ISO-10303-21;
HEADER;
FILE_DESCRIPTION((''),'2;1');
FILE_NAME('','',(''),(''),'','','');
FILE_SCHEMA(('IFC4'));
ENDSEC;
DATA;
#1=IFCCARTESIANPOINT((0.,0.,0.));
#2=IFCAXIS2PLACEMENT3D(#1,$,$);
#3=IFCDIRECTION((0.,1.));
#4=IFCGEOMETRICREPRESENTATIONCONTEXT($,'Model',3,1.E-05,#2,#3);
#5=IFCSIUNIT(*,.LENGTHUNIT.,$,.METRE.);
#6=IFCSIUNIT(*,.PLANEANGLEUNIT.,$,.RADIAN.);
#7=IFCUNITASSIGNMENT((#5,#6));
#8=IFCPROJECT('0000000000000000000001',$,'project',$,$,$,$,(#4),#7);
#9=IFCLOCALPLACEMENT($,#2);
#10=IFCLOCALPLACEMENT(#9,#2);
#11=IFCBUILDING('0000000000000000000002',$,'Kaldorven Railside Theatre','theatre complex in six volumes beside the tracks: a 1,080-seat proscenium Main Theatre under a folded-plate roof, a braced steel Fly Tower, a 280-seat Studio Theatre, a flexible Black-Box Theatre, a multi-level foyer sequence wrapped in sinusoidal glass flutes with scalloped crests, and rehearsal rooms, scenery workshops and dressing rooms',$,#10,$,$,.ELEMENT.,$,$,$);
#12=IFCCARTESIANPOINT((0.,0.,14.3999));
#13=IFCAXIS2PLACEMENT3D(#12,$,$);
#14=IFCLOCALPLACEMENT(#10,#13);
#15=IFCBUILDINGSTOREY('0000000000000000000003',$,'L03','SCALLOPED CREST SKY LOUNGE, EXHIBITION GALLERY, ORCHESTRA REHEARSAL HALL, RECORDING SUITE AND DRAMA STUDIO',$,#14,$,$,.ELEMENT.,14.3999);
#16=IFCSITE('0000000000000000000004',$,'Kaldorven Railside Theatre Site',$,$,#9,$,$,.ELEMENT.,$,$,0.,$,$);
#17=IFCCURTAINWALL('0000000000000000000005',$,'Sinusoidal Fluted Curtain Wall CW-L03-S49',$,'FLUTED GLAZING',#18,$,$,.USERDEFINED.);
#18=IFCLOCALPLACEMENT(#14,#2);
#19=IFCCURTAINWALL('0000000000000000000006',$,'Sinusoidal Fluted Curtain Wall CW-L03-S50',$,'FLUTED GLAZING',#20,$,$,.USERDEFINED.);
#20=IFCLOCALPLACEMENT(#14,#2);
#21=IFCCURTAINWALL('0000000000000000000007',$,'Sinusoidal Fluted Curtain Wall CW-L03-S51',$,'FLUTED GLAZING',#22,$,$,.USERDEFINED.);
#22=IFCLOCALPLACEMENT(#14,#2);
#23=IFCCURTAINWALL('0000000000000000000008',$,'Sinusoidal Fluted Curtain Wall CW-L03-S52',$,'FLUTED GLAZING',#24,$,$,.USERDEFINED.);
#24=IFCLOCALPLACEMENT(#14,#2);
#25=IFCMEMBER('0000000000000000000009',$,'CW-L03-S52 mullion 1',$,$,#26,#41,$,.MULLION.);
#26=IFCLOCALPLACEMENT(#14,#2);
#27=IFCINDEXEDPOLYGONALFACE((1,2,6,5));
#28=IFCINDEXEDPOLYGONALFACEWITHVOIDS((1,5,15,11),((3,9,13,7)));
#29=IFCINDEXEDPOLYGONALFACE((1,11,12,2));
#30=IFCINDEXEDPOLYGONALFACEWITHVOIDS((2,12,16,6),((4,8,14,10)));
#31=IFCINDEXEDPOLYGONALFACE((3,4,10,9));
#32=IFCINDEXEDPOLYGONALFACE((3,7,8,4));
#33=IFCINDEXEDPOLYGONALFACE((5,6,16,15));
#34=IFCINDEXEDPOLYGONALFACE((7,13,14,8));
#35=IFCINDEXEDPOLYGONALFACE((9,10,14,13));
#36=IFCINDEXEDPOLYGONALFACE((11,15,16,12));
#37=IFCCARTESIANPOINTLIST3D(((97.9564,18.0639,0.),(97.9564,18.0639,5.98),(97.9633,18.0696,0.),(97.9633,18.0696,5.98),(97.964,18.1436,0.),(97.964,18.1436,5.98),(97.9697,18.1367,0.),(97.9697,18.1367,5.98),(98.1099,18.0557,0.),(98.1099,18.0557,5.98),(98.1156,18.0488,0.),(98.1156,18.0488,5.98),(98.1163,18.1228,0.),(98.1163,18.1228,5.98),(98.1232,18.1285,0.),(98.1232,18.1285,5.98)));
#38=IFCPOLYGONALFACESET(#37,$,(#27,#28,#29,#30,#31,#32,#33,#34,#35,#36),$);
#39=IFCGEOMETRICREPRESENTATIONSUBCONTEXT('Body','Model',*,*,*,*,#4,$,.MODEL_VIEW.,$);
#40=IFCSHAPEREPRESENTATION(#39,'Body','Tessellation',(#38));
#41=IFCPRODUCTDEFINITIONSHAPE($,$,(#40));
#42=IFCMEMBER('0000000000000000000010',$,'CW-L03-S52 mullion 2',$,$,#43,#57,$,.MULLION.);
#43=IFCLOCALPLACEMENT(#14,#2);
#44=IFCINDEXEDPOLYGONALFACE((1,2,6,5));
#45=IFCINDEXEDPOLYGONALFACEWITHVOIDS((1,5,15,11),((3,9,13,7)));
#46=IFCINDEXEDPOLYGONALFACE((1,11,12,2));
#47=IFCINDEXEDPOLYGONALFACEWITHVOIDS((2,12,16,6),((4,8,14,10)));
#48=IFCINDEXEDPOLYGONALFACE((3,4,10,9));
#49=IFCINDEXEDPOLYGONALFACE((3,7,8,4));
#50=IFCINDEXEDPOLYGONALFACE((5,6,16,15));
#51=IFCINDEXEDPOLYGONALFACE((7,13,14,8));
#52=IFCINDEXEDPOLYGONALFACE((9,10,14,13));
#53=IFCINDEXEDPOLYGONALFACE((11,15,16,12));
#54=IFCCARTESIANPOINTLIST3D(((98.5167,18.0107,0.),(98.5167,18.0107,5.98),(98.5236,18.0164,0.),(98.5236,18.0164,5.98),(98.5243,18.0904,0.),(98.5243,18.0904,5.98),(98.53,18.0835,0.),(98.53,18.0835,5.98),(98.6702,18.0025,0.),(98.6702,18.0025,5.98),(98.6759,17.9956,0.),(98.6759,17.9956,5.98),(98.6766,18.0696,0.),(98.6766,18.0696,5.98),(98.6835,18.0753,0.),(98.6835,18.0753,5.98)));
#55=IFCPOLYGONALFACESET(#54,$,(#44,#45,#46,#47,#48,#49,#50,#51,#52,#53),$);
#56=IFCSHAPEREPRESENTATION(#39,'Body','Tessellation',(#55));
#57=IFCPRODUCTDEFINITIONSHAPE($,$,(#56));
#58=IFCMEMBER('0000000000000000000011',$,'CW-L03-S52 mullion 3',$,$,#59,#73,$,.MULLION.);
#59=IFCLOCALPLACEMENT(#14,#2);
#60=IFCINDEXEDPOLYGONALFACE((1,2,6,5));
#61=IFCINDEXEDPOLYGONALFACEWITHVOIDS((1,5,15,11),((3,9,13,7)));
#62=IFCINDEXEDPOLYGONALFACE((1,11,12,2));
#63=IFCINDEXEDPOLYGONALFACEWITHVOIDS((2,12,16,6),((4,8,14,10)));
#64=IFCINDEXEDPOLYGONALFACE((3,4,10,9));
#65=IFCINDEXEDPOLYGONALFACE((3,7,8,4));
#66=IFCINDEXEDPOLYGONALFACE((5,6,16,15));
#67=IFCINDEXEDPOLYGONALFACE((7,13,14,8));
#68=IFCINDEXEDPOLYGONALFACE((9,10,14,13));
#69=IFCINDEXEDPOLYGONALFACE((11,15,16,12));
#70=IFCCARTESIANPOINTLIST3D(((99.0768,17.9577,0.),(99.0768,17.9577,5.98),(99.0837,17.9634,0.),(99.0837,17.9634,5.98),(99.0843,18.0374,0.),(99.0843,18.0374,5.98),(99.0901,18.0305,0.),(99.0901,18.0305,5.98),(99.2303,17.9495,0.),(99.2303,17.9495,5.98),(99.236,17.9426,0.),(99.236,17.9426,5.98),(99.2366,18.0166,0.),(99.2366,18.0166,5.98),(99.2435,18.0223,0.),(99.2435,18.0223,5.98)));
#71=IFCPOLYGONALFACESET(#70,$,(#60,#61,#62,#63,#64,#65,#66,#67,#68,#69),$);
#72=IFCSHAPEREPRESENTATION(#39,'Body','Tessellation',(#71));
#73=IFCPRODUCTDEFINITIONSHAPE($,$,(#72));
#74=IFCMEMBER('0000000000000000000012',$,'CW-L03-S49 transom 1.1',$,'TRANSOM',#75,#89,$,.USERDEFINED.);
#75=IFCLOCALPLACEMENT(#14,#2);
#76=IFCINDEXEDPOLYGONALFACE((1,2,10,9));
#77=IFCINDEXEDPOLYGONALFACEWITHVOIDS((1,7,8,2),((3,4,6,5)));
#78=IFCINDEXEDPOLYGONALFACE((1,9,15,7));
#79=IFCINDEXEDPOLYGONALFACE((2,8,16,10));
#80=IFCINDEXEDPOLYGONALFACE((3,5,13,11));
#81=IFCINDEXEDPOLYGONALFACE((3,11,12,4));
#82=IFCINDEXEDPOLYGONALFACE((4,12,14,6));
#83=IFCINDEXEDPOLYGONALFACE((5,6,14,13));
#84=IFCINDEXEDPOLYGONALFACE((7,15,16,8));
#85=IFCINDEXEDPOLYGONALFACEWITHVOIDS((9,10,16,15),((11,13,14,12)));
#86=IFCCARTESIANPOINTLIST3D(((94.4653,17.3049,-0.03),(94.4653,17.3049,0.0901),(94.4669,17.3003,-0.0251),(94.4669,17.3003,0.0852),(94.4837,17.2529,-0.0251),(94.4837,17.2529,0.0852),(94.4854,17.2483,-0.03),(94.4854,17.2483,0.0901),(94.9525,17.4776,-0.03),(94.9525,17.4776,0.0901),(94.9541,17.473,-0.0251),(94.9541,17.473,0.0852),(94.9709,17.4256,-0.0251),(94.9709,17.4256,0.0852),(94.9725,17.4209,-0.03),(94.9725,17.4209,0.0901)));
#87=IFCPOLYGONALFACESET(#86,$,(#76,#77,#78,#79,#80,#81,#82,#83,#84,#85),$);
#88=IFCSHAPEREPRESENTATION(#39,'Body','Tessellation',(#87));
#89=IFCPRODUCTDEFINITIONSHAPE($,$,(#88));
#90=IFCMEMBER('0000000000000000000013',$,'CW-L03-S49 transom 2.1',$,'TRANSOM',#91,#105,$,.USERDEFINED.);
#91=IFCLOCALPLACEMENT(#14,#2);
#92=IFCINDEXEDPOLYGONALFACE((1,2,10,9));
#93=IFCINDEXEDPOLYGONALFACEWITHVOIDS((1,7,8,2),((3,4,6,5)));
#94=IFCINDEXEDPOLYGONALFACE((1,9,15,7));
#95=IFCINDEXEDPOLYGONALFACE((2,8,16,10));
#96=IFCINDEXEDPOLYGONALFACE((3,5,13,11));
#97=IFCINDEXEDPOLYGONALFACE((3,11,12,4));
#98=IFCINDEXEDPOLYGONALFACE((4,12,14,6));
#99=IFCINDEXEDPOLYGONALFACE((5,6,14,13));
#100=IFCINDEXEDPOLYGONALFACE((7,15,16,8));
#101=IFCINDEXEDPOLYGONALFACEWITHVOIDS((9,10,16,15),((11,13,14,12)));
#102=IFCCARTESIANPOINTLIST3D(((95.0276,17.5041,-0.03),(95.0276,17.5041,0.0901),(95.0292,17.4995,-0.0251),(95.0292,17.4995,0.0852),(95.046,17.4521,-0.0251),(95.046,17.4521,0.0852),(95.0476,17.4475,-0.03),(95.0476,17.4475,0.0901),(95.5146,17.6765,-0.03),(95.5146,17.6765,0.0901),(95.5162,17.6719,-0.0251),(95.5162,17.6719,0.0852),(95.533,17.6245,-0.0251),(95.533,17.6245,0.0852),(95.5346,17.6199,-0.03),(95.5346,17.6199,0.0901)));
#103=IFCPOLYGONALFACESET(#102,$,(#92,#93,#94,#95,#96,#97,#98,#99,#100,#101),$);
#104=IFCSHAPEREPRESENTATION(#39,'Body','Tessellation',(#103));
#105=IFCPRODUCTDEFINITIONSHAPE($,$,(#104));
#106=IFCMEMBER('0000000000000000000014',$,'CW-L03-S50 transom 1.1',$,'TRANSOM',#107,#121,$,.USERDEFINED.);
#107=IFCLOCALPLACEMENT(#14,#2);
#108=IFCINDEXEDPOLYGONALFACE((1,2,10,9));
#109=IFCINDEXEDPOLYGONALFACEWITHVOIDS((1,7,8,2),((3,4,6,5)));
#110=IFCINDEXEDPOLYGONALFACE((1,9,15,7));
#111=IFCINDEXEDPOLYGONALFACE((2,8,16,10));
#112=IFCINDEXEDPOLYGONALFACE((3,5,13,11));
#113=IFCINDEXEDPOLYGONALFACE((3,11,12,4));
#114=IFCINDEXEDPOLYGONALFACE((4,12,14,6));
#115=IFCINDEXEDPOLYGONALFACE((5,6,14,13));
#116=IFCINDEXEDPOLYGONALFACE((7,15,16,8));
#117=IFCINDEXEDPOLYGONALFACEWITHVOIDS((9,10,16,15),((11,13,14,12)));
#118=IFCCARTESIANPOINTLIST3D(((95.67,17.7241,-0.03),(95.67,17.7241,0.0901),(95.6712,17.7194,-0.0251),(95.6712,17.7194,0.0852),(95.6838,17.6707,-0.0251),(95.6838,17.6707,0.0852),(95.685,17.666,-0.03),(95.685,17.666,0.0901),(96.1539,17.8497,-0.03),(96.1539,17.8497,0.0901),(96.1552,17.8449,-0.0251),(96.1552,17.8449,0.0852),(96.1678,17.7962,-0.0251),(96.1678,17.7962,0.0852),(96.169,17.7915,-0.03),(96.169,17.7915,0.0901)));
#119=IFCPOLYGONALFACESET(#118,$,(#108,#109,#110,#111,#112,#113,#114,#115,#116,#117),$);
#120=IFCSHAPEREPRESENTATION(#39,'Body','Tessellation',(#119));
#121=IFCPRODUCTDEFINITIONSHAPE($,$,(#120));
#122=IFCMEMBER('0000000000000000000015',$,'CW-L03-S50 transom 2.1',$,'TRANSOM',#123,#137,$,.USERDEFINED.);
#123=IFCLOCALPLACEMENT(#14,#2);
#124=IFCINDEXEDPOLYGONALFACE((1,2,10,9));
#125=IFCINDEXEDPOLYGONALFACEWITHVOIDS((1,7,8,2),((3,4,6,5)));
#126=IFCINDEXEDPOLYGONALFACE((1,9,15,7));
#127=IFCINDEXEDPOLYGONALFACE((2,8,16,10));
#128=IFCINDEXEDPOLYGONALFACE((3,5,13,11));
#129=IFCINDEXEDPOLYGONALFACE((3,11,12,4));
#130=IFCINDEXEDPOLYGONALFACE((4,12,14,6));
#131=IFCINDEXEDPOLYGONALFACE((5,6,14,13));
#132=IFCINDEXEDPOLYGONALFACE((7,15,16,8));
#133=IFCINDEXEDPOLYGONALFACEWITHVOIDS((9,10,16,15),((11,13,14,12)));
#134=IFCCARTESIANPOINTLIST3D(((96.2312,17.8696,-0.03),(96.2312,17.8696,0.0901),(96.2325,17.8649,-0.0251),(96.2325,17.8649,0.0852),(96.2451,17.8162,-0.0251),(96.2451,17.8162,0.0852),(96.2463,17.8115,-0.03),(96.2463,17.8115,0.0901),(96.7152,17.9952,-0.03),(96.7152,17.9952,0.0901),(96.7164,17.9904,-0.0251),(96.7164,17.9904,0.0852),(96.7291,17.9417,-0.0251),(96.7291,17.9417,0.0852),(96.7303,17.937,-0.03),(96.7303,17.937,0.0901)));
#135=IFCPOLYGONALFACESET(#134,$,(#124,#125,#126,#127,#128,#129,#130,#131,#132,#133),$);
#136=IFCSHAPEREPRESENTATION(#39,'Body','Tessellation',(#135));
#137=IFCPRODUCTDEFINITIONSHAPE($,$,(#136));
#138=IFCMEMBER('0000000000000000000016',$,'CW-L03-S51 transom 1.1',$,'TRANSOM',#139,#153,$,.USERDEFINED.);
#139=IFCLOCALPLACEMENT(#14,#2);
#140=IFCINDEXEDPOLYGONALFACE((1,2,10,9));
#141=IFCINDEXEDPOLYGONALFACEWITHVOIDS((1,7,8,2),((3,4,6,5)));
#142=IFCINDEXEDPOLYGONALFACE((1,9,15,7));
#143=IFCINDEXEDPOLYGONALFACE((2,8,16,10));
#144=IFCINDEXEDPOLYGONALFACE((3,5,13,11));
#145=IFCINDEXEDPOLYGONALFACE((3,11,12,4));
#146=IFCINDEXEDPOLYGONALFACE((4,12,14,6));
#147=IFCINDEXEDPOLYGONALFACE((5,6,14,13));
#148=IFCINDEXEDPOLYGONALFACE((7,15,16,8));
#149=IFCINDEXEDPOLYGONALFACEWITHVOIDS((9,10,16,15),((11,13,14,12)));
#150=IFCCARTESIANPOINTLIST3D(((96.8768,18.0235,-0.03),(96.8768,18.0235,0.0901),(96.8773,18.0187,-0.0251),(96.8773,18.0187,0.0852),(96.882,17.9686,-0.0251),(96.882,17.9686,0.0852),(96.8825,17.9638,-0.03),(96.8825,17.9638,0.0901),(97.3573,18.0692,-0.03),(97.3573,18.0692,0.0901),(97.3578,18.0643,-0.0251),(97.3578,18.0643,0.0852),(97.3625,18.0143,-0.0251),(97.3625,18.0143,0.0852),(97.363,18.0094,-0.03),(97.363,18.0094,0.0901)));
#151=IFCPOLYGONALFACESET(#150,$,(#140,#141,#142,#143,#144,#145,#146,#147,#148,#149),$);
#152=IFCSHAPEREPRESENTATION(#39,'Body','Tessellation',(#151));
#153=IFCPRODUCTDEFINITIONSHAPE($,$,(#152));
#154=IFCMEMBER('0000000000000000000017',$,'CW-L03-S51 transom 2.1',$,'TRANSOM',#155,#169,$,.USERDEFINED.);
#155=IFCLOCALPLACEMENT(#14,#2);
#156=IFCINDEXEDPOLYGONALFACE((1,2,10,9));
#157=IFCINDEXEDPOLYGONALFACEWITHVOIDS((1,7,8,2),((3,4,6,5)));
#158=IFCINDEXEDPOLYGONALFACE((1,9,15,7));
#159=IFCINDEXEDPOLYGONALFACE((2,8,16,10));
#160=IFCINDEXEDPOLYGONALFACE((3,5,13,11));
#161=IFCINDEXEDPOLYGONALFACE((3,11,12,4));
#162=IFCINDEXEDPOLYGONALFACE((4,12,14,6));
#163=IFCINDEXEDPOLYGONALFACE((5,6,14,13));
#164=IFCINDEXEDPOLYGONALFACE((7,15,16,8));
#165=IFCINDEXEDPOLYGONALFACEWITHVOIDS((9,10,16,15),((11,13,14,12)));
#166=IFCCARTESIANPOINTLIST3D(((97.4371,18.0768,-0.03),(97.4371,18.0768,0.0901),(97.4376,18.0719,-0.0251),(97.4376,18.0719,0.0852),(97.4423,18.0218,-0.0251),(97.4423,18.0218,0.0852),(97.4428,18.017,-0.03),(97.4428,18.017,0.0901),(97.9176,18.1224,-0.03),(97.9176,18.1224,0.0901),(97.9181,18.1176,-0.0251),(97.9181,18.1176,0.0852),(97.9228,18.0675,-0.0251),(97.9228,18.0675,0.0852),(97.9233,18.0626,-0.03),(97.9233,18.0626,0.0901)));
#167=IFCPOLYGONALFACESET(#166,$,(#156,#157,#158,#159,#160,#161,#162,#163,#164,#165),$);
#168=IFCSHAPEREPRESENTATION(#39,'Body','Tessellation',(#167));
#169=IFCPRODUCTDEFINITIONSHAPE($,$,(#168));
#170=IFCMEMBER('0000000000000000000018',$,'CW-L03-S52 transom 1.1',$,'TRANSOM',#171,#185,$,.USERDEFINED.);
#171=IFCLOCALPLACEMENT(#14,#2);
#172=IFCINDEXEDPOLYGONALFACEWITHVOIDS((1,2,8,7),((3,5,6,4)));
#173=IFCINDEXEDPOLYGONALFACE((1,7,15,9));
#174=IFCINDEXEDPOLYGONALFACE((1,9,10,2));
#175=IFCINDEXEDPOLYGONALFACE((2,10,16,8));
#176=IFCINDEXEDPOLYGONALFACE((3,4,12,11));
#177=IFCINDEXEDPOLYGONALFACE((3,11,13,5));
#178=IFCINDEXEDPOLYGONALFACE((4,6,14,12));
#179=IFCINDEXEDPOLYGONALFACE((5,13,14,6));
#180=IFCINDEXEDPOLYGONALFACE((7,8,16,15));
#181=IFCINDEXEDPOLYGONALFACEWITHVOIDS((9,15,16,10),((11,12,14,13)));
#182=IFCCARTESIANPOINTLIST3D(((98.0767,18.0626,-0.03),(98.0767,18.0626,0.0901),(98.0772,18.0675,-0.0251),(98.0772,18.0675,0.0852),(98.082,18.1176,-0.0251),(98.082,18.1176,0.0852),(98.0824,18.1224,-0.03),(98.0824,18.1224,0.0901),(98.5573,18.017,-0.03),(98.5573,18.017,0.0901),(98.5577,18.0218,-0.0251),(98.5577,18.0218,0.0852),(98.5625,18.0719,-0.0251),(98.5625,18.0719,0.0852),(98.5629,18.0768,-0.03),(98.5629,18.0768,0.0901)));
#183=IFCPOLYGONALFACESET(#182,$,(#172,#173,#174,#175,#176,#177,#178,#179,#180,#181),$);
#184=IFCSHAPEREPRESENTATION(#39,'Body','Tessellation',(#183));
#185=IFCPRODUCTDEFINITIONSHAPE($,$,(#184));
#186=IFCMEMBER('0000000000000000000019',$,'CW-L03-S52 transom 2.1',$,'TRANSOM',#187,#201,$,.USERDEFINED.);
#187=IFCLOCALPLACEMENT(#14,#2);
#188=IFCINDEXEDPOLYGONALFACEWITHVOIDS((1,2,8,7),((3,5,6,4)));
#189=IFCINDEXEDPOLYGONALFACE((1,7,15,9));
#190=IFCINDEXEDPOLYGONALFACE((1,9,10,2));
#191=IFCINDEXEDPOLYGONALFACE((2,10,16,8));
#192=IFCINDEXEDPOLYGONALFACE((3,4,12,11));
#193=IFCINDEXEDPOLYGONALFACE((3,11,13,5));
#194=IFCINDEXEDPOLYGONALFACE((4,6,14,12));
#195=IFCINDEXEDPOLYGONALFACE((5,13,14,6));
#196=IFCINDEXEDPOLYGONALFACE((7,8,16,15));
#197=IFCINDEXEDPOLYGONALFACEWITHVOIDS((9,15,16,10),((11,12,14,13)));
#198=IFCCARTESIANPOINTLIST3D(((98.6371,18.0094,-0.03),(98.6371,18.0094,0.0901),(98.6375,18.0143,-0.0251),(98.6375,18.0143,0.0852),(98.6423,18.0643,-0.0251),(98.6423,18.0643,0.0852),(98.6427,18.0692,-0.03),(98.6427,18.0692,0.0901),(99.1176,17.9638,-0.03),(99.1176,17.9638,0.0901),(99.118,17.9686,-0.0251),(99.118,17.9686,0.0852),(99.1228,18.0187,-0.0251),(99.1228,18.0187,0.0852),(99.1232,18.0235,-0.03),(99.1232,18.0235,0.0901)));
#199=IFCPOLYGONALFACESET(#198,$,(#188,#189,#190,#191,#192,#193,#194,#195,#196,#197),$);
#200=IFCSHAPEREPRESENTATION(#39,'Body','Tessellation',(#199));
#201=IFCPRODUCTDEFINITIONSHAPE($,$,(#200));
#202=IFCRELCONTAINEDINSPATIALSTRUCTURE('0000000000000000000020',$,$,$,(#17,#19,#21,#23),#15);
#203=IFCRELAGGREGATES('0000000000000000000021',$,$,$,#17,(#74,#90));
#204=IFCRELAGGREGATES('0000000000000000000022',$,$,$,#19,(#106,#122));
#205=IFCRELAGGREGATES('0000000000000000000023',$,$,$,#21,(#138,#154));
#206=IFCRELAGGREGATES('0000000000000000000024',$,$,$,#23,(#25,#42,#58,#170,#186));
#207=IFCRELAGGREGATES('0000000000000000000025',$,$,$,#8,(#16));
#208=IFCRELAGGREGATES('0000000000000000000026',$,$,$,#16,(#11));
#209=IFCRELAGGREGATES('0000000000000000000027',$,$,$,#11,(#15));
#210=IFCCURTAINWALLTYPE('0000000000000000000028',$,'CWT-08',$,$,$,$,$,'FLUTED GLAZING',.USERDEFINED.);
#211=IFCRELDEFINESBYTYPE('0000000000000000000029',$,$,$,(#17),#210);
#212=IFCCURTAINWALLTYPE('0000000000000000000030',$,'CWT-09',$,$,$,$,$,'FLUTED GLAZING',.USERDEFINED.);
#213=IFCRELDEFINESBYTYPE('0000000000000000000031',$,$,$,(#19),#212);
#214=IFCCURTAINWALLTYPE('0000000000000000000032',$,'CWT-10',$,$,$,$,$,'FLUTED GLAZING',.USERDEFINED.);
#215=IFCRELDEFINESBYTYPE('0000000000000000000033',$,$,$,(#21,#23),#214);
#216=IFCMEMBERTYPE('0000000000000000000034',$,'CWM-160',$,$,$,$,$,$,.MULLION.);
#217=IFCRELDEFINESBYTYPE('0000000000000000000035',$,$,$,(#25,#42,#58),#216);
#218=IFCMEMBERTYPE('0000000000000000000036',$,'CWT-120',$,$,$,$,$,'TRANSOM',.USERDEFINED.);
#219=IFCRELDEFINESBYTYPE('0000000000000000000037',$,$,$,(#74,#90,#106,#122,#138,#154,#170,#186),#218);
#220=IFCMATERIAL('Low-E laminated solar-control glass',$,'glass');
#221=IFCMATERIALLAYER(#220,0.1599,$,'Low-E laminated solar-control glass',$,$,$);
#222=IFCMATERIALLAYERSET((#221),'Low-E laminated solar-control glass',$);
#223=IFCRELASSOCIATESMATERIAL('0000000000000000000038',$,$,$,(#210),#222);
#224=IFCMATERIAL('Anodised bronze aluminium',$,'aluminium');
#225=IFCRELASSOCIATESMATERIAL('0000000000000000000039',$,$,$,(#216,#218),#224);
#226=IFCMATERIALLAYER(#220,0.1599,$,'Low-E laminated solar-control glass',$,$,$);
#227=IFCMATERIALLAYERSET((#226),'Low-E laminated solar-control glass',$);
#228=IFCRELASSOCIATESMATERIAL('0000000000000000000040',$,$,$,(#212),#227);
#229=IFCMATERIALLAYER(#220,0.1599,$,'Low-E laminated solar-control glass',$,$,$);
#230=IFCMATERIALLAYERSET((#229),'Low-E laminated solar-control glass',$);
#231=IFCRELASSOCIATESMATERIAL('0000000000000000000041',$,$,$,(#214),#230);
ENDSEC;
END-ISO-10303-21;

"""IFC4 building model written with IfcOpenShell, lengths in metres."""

from ifc_helpers import new_model, si_unit, direction, frame, origin, origin_2d, place, context, subcontext, project, spatial, hollow_rectangle, extrude, material, layer, layer_set, material_profile, profile_set, type_object, element, aggregate, save


model = new_model("IFC4")

# Units and contexts
model_context = context("Model", 3, precision=1e-05, world=origin(), true_north=direction((0.0, 1.0)))
body_context = subcontext(model_context, "Body", "Model", "MODEL_VIEW")
ifc_project = project(units=[si_unit("LENGTHUNIT", "METRE"), si_unit("PLANEANGLEUNIT", "RADIAN")], contexts=[model_context])

# Site, building, storey
site_placement = place(None, origin())
site = spatial("IfcSite", under=ifc_project, at=site_placement, Name="Kaldorven Railside Theatre Site", CompositionType="ELEMENT", RefElevation=0.0)
building_placement = place(site_placement, origin())
building = spatial("IfcBuilding", under=site, at=building_placement, Name="Kaldorven Railside Theatre", Description="theatre complex in six volumes beside the tracks: a 1,080-seat proscenium Main Theatre under a folded-plate roof, a braced steel Fly Tower, a 280-seat Studio Theatre, a flexible Black-Box Theatre, a multi-level foyer sequence wrapped in sinusoidal glass flutes with scalloped crests, and rehearsal rooms, scenery workshops and dressing rooms", CompositionType="ELEMENT")
storey_placement = place(building_placement, frame((0.0, 0.0, 14.3999)))
storey = spatial("IfcBuildingStorey", under=building, at=storey_placement, Name="L03", Description="SCALLOPED CREST SKY LOUNGE, EXHIBITION GALLERY, ORCHESTRA REHEARSAL HALL, RECORDING SUITE AND DRAMA STUDIO", CompositionType="ELEMENT", Elevation=14.3999)

# Curtain walls, members
ifc_material_1 = material(Name="Low-E laminated solar-control glass", Category="glass")
ifc_layer_1 = layer(ifc_material_1, 0.1599, Name="Low-E laminated solar-control glass")
ifc_layer_set_1 = layer_set([ifc_layer_1], Name="Low-E laminated solar-control glass")
curtain_wall_type_1 = type_object("IfcCurtainWallType", Name="CWT-08", ElementType="FLUTED GLAZING", PredefinedType="USERDEFINED", material=ifc_layer_set_1)
curtain_wall_1_placement = place(storey_placement, origin())
curtain_wall_1 = element("IfcCurtainWall", 1, at=curtain_wall_1_placement, inside=storey, type_object=curtain_wall_type_1, Name="Sinusoidal Fluted Curtain Wall CW-L03-S49", ObjectType="FLUTED GLAZING", PredefinedType="USERDEFINED")
ifc_material_2 = material(Name="Anodised bronze aluminium", Category="aluminium")
ifc_material_profile_1 = material_profile(ifc_material_2, hollow_rectangle(XDim=0.0801, YDim=0.1599, WallThickness=0.0063, at=origin_2d()), Name="RHS 160x80x6.3")
ifc_profile_set_1 = profile_set([ifc_material_profile_1], Name="Anodised bronze aluminium")
member_type_1 = type_object("IfcMemberType", Name="CWM-160", PredefinedType="MULLION", material=ifc_profile_set_1)
ifc_layer_2 = layer(ifc_material_1, 0.1599, Name="Low-E laminated solar-control glass")
ifc_layer_set_2 = layer_set([ifc_layer_2], Name="Low-E laminated solar-control glass")
curtain_wall_type_2 = type_object("IfcCurtainWallType", Name="CWT-09", ElementType="FLUTED GLAZING", PredefinedType="USERDEFINED", material=ifc_layer_set_2)
curtain_wall_2_placement = place(storey_placement, origin())
curtain_wall_2 = element("IfcCurtainWall", 2, at=curtain_wall_2_placement, inside=storey, type_object=curtain_wall_type_2, Name="Sinusoidal Fluted Curtain Wall CW-L03-S50", ObjectType="FLUTED GLAZING", PredefinedType="USERDEFINED")
ifc_layer_3 = layer(ifc_material_1, 0.1599, Name="Low-E laminated solar-control glass")
ifc_layer_set_3 = layer_set([ifc_layer_3], Name="Low-E laminated solar-control glass")
curtain_wall_type_3 = type_object("IfcCurtainWallType", Name="CWT-10", ElementType="FLUTED GLAZING", PredefinedType="USERDEFINED", material=ifc_layer_set_3)
curtain_wall_3_placement = place(storey_placement, origin())
curtain_wall_3 = element("IfcCurtainWall", 3, at=curtain_wall_3_placement, inside=storey, type_object=curtain_wall_type_3, Name="Sinusoidal Fluted Curtain Wall CW-L03-S51", ObjectType="FLUTED GLAZING", PredefinedType="USERDEFINED")
curtain_wall_4_placement = place(storey_placement, origin())
curtain_wall_4 = element("IfcCurtainWall", 4, at=curtain_wall_4_placement, inside=storey, type_object=curtain_wall_type_3, Name="Sinusoidal Fluted Curtain Wall CW-L03-S52", ObjectType="FLUTED GLAZING", PredefinedType="USERDEFINED")
member_1_placement = place(storey_placement, frame((98.0398, 18.0962, 0.0), z_axis=(0.0, 0.0, 1.0), x_axis=(0.094492, 0.995526, 0.0)))
member_1 = element("IfcMember", 5, at=member_1_placement, type_object=member_type_1, Name="CW-L03-S52 mullion 1", PredefinedType="MULLION", context=body_context, shape_type="SweptSolid", body=[
    extrude(hollow_rectangle(XDim=0.0801, YDim=0.1599, WallThickness=0.0063, at=origin_2d()), origin(), (0.0, 0.0, 1.0), 5.98),
])
member_2_placement = place(storey_placement, frame((98.6001, 18.043, 0.0), z_axis=(0.0, 0.0, 1.0), x_axis=(0.094492, 0.995526, 0.0)))
member_2 = element("IfcMember", 6, at=member_2_placement, type_object=member_type_1, Name="CW-L03-S52 mullion 2", PredefinedType="MULLION", context=body_context, shape_type="SweptSolid", body=[
    extrude(hollow_rectangle(XDim=0.0801, YDim=0.1599, WallThickness=0.0063, at=origin_2d()), origin(), (0.0, 0.0, 1.0), 5.98),
])
member_3_placement = place(storey_placement, frame((99.1602, 17.99, 0.0), z_axis=(0.0, 0.0, 1.0), x_axis=(0.094492, 0.995526, 0.0)))
member_3 = element("IfcMember", 7, at=member_3_placement, type_object=member_type_1, Name="CW-L03-S52 mullion 3", PredefinedType="MULLION", context=body_context, shape_type="SweptSolid", body=[
    extrude(hollow_rectangle(XDim=0.0801, YDim=0.1599, WallThickness=0.0063, at=origin_2d()), origin(), (0.0, 0.0, 1.0), 5.98),
])

# Members
ifc_material_profile_2 = material_profile(ifc_material_2, hollow_rectangle(XDim=0.0601, YDim=0.1201, WallThickness=0.0049, at=origin_2d()), Name="RHS 120x60x5")
ifc_profile_set_2 = profile_set([ifc_material_profile_2], Name="Anodised bronze aluminium")
member_type_2 = type_object("IfcMemberType", Name="CWT-120", ElementType="TRANSOM", PredefinedType="USERDEFINED", material=ifc_profile_set_2)
member_4_placement = place(storey_placement, frame((94.4753, 17.2766, 0.03), z_axis=(0.942562, 0.334031, 0.0), x_axis=(-0.334031, 0.942562, 0.0)))
member_4 = element("IfcMember", 8, at=member_4_placement, type_object=member_type_2, Name="CW-L03-S49 transom 1.1", ObjectType="TRANSOM", PredefinedType="USERDEFINED", context=body_context, shape_type="SweptSolid", body=[
    extrude(hollow_rectangle(XDim=0.0601, YDim=0.1201, WallThickness=0.0049, at=origin_2d()), origin(), (0.0, 0.0, 1.0), 0.5168),
])
member_5_placement = place(storey_placement, frame((95.0376, 17.4758, 0.03), z_axis=(0.942711, 0.333611, 0.0), x_axis=(-0.333611, 0.942711, 0.0)))
member_5 = element("IfcMember", 9, at=member_5_placement, type_object=member_type_2, Name="CW-L03-S49 transom 2.1", ObjectType="TRANSOM", PredefinedType="USERDEFINED", context=body_context, shape_type="SweptSolid", body=[
    extrude(hollow_rectangle(XDim=0.0601, YDim=0.1201, WallThickness=0.0049, at=origin_2d()), origin(), (0.0, 0.0, 1.0), 0.5166),
])
member_6_placement = place(storey_placement, frame((95.6775, 17.6951, 0.03), z_axis=(0.967979, 0.25103, 0.0), x_axis=(-0.25103, 0.967979, 0.0)))
member_6 = element("IfcMember", 10, at=member_6_placement, type_object=member_type_2, Name="CW-L03-S50 transom 1.1", ObjectType="TRANSOM", PredefinedType="USERDEFINED", context=body_context, shape_type="SweptSolid", body=[
    extrude(hollow_rectangle(XDim=0.0601, YDim=0.1201, WallThickness=0.0049, at=origin_2d()), origin(), (0.0, 0.0, 1.0), 0.5),
])
member_7_placement = place(storey_placement, frame((96.2388, 17.8406, 0.03), z_axis=(0.967979, 0.25103, 0.0), x_axis=(-0.25103, 0.967979, 0.0)))
member_7 = element("IfcMember", 11, at=member_7_placement, type_object=member_type_2, Name="CW-L03-S50 transom 2.1", ObjectType="TRANSOM", PredefinedType="USERDEFINED", context=body_context, shape_type="SweptSolid", body=[
    extrude(hollow_rectangle(XDim=0.0601, YDim=0.1201, WallThickness=0.0049, at=origin_2d()), origin(), (0.0, 0.0, 1.0), 0.5),
])
member_8_placement = place(storey_placement, frame((96.8796, 17.9937, 0.03), z_axis=(0.995516, 0.094594, 0.0), x_axis=(-0.094594, 0.995516, 0.0)))
member_8 = element("IfcMember", 12, at=member_8_placement, type_object=member_type_2, Name="CW-L03-S51 transom 1.1", ObjectType="TRANSOM", PredefinedType="USERDEFINED", context=body_context, shape_type="SweptSolid", body=[
    extrude(hollow_rectangle(XDim=0.0601, YDim=0.1201, WallThickness=0.0049, at=origin_2d()), origin(), (0.0, 0.0, 1.0), 0.4827),
])
member_9_placement = place(storey_placement, frame((97.4399, 18.0469, 0.03), z_axis=(0.995516, 0.094594, 0.0), x_axis=(-0.094594, 0.995516, 0.0)))
member_9 = element("IfcMember", 13, at=member_9_placement, type_object=member_type_2, Name="CW-L03-S51 transom 2.1", ObjectType="TRANSOM", PredefinedType="USERDEFINED", context=body_context, shape_type="SweptSolid", body=[
    extrude(hollow_rectangle(XDim=0.0601, YDim=0.1201, WallThickness=0.0049, at=origin_2d()), origin(), (0.0, 0.0, 1.0), 0.4827),
])
member_10_placement = place(storey_placement, frame((98.0796, 18.0925, 0.03), z_axis=(0.995516, -0.094594, 0.0), x_axis=(0.094594, 0.995516, 0.0)))
member_10 = element("IfcMember", 14, at=member_10_placement, type_object=member_type_2, Name="CW-L03-S52 transom 1.1", ObjectType="TRANSOM", PredefinedType="USERDEFINED", context=body_context, shape_type="SweptSolid", body=[
    extrude(hollow_rectangle(XDim=0.0601, YDim=0.1201, WallThickness=0.0049, at=origin_2d()), origin(), (0.0, 0.0, 1.0), 0.4827),
])
member_11_placement = place(storey_placement, frame((98.6399, 18.0393, 0.03), z_axis=(0.995516, -0.094594, 0.0), x_axis=(0.094594, 0.995516, 0.0)))
member_11 = element("IfcMember", 15, at=member_11_placement, type_object=member_type_2, Name="CW-L03-S52 transom 2.1", ObjectType="TRANSOM", PredefinedType="USERDEFINED", context=body_context, shape_type="SweptSolid", body=[
    extrude(hollow_rectangle(XDim=0.0601, YDim=0.1201, WallThickness=0.0049, at=origin_2d()), origin(), (0.0, 0.0, 1.0), 0.4827),
])

aggregate(curtain_wall_1, [member_4, member_5])
aggregate(curtain_wall_2, [member_6, member_7])
aggregate(curtain_wall_3, [member_8, member_9])
aggregate(curtain_wall_4, [member_1, member_2, member_3, member_10, member_11])

save(model, "model.ifc")
